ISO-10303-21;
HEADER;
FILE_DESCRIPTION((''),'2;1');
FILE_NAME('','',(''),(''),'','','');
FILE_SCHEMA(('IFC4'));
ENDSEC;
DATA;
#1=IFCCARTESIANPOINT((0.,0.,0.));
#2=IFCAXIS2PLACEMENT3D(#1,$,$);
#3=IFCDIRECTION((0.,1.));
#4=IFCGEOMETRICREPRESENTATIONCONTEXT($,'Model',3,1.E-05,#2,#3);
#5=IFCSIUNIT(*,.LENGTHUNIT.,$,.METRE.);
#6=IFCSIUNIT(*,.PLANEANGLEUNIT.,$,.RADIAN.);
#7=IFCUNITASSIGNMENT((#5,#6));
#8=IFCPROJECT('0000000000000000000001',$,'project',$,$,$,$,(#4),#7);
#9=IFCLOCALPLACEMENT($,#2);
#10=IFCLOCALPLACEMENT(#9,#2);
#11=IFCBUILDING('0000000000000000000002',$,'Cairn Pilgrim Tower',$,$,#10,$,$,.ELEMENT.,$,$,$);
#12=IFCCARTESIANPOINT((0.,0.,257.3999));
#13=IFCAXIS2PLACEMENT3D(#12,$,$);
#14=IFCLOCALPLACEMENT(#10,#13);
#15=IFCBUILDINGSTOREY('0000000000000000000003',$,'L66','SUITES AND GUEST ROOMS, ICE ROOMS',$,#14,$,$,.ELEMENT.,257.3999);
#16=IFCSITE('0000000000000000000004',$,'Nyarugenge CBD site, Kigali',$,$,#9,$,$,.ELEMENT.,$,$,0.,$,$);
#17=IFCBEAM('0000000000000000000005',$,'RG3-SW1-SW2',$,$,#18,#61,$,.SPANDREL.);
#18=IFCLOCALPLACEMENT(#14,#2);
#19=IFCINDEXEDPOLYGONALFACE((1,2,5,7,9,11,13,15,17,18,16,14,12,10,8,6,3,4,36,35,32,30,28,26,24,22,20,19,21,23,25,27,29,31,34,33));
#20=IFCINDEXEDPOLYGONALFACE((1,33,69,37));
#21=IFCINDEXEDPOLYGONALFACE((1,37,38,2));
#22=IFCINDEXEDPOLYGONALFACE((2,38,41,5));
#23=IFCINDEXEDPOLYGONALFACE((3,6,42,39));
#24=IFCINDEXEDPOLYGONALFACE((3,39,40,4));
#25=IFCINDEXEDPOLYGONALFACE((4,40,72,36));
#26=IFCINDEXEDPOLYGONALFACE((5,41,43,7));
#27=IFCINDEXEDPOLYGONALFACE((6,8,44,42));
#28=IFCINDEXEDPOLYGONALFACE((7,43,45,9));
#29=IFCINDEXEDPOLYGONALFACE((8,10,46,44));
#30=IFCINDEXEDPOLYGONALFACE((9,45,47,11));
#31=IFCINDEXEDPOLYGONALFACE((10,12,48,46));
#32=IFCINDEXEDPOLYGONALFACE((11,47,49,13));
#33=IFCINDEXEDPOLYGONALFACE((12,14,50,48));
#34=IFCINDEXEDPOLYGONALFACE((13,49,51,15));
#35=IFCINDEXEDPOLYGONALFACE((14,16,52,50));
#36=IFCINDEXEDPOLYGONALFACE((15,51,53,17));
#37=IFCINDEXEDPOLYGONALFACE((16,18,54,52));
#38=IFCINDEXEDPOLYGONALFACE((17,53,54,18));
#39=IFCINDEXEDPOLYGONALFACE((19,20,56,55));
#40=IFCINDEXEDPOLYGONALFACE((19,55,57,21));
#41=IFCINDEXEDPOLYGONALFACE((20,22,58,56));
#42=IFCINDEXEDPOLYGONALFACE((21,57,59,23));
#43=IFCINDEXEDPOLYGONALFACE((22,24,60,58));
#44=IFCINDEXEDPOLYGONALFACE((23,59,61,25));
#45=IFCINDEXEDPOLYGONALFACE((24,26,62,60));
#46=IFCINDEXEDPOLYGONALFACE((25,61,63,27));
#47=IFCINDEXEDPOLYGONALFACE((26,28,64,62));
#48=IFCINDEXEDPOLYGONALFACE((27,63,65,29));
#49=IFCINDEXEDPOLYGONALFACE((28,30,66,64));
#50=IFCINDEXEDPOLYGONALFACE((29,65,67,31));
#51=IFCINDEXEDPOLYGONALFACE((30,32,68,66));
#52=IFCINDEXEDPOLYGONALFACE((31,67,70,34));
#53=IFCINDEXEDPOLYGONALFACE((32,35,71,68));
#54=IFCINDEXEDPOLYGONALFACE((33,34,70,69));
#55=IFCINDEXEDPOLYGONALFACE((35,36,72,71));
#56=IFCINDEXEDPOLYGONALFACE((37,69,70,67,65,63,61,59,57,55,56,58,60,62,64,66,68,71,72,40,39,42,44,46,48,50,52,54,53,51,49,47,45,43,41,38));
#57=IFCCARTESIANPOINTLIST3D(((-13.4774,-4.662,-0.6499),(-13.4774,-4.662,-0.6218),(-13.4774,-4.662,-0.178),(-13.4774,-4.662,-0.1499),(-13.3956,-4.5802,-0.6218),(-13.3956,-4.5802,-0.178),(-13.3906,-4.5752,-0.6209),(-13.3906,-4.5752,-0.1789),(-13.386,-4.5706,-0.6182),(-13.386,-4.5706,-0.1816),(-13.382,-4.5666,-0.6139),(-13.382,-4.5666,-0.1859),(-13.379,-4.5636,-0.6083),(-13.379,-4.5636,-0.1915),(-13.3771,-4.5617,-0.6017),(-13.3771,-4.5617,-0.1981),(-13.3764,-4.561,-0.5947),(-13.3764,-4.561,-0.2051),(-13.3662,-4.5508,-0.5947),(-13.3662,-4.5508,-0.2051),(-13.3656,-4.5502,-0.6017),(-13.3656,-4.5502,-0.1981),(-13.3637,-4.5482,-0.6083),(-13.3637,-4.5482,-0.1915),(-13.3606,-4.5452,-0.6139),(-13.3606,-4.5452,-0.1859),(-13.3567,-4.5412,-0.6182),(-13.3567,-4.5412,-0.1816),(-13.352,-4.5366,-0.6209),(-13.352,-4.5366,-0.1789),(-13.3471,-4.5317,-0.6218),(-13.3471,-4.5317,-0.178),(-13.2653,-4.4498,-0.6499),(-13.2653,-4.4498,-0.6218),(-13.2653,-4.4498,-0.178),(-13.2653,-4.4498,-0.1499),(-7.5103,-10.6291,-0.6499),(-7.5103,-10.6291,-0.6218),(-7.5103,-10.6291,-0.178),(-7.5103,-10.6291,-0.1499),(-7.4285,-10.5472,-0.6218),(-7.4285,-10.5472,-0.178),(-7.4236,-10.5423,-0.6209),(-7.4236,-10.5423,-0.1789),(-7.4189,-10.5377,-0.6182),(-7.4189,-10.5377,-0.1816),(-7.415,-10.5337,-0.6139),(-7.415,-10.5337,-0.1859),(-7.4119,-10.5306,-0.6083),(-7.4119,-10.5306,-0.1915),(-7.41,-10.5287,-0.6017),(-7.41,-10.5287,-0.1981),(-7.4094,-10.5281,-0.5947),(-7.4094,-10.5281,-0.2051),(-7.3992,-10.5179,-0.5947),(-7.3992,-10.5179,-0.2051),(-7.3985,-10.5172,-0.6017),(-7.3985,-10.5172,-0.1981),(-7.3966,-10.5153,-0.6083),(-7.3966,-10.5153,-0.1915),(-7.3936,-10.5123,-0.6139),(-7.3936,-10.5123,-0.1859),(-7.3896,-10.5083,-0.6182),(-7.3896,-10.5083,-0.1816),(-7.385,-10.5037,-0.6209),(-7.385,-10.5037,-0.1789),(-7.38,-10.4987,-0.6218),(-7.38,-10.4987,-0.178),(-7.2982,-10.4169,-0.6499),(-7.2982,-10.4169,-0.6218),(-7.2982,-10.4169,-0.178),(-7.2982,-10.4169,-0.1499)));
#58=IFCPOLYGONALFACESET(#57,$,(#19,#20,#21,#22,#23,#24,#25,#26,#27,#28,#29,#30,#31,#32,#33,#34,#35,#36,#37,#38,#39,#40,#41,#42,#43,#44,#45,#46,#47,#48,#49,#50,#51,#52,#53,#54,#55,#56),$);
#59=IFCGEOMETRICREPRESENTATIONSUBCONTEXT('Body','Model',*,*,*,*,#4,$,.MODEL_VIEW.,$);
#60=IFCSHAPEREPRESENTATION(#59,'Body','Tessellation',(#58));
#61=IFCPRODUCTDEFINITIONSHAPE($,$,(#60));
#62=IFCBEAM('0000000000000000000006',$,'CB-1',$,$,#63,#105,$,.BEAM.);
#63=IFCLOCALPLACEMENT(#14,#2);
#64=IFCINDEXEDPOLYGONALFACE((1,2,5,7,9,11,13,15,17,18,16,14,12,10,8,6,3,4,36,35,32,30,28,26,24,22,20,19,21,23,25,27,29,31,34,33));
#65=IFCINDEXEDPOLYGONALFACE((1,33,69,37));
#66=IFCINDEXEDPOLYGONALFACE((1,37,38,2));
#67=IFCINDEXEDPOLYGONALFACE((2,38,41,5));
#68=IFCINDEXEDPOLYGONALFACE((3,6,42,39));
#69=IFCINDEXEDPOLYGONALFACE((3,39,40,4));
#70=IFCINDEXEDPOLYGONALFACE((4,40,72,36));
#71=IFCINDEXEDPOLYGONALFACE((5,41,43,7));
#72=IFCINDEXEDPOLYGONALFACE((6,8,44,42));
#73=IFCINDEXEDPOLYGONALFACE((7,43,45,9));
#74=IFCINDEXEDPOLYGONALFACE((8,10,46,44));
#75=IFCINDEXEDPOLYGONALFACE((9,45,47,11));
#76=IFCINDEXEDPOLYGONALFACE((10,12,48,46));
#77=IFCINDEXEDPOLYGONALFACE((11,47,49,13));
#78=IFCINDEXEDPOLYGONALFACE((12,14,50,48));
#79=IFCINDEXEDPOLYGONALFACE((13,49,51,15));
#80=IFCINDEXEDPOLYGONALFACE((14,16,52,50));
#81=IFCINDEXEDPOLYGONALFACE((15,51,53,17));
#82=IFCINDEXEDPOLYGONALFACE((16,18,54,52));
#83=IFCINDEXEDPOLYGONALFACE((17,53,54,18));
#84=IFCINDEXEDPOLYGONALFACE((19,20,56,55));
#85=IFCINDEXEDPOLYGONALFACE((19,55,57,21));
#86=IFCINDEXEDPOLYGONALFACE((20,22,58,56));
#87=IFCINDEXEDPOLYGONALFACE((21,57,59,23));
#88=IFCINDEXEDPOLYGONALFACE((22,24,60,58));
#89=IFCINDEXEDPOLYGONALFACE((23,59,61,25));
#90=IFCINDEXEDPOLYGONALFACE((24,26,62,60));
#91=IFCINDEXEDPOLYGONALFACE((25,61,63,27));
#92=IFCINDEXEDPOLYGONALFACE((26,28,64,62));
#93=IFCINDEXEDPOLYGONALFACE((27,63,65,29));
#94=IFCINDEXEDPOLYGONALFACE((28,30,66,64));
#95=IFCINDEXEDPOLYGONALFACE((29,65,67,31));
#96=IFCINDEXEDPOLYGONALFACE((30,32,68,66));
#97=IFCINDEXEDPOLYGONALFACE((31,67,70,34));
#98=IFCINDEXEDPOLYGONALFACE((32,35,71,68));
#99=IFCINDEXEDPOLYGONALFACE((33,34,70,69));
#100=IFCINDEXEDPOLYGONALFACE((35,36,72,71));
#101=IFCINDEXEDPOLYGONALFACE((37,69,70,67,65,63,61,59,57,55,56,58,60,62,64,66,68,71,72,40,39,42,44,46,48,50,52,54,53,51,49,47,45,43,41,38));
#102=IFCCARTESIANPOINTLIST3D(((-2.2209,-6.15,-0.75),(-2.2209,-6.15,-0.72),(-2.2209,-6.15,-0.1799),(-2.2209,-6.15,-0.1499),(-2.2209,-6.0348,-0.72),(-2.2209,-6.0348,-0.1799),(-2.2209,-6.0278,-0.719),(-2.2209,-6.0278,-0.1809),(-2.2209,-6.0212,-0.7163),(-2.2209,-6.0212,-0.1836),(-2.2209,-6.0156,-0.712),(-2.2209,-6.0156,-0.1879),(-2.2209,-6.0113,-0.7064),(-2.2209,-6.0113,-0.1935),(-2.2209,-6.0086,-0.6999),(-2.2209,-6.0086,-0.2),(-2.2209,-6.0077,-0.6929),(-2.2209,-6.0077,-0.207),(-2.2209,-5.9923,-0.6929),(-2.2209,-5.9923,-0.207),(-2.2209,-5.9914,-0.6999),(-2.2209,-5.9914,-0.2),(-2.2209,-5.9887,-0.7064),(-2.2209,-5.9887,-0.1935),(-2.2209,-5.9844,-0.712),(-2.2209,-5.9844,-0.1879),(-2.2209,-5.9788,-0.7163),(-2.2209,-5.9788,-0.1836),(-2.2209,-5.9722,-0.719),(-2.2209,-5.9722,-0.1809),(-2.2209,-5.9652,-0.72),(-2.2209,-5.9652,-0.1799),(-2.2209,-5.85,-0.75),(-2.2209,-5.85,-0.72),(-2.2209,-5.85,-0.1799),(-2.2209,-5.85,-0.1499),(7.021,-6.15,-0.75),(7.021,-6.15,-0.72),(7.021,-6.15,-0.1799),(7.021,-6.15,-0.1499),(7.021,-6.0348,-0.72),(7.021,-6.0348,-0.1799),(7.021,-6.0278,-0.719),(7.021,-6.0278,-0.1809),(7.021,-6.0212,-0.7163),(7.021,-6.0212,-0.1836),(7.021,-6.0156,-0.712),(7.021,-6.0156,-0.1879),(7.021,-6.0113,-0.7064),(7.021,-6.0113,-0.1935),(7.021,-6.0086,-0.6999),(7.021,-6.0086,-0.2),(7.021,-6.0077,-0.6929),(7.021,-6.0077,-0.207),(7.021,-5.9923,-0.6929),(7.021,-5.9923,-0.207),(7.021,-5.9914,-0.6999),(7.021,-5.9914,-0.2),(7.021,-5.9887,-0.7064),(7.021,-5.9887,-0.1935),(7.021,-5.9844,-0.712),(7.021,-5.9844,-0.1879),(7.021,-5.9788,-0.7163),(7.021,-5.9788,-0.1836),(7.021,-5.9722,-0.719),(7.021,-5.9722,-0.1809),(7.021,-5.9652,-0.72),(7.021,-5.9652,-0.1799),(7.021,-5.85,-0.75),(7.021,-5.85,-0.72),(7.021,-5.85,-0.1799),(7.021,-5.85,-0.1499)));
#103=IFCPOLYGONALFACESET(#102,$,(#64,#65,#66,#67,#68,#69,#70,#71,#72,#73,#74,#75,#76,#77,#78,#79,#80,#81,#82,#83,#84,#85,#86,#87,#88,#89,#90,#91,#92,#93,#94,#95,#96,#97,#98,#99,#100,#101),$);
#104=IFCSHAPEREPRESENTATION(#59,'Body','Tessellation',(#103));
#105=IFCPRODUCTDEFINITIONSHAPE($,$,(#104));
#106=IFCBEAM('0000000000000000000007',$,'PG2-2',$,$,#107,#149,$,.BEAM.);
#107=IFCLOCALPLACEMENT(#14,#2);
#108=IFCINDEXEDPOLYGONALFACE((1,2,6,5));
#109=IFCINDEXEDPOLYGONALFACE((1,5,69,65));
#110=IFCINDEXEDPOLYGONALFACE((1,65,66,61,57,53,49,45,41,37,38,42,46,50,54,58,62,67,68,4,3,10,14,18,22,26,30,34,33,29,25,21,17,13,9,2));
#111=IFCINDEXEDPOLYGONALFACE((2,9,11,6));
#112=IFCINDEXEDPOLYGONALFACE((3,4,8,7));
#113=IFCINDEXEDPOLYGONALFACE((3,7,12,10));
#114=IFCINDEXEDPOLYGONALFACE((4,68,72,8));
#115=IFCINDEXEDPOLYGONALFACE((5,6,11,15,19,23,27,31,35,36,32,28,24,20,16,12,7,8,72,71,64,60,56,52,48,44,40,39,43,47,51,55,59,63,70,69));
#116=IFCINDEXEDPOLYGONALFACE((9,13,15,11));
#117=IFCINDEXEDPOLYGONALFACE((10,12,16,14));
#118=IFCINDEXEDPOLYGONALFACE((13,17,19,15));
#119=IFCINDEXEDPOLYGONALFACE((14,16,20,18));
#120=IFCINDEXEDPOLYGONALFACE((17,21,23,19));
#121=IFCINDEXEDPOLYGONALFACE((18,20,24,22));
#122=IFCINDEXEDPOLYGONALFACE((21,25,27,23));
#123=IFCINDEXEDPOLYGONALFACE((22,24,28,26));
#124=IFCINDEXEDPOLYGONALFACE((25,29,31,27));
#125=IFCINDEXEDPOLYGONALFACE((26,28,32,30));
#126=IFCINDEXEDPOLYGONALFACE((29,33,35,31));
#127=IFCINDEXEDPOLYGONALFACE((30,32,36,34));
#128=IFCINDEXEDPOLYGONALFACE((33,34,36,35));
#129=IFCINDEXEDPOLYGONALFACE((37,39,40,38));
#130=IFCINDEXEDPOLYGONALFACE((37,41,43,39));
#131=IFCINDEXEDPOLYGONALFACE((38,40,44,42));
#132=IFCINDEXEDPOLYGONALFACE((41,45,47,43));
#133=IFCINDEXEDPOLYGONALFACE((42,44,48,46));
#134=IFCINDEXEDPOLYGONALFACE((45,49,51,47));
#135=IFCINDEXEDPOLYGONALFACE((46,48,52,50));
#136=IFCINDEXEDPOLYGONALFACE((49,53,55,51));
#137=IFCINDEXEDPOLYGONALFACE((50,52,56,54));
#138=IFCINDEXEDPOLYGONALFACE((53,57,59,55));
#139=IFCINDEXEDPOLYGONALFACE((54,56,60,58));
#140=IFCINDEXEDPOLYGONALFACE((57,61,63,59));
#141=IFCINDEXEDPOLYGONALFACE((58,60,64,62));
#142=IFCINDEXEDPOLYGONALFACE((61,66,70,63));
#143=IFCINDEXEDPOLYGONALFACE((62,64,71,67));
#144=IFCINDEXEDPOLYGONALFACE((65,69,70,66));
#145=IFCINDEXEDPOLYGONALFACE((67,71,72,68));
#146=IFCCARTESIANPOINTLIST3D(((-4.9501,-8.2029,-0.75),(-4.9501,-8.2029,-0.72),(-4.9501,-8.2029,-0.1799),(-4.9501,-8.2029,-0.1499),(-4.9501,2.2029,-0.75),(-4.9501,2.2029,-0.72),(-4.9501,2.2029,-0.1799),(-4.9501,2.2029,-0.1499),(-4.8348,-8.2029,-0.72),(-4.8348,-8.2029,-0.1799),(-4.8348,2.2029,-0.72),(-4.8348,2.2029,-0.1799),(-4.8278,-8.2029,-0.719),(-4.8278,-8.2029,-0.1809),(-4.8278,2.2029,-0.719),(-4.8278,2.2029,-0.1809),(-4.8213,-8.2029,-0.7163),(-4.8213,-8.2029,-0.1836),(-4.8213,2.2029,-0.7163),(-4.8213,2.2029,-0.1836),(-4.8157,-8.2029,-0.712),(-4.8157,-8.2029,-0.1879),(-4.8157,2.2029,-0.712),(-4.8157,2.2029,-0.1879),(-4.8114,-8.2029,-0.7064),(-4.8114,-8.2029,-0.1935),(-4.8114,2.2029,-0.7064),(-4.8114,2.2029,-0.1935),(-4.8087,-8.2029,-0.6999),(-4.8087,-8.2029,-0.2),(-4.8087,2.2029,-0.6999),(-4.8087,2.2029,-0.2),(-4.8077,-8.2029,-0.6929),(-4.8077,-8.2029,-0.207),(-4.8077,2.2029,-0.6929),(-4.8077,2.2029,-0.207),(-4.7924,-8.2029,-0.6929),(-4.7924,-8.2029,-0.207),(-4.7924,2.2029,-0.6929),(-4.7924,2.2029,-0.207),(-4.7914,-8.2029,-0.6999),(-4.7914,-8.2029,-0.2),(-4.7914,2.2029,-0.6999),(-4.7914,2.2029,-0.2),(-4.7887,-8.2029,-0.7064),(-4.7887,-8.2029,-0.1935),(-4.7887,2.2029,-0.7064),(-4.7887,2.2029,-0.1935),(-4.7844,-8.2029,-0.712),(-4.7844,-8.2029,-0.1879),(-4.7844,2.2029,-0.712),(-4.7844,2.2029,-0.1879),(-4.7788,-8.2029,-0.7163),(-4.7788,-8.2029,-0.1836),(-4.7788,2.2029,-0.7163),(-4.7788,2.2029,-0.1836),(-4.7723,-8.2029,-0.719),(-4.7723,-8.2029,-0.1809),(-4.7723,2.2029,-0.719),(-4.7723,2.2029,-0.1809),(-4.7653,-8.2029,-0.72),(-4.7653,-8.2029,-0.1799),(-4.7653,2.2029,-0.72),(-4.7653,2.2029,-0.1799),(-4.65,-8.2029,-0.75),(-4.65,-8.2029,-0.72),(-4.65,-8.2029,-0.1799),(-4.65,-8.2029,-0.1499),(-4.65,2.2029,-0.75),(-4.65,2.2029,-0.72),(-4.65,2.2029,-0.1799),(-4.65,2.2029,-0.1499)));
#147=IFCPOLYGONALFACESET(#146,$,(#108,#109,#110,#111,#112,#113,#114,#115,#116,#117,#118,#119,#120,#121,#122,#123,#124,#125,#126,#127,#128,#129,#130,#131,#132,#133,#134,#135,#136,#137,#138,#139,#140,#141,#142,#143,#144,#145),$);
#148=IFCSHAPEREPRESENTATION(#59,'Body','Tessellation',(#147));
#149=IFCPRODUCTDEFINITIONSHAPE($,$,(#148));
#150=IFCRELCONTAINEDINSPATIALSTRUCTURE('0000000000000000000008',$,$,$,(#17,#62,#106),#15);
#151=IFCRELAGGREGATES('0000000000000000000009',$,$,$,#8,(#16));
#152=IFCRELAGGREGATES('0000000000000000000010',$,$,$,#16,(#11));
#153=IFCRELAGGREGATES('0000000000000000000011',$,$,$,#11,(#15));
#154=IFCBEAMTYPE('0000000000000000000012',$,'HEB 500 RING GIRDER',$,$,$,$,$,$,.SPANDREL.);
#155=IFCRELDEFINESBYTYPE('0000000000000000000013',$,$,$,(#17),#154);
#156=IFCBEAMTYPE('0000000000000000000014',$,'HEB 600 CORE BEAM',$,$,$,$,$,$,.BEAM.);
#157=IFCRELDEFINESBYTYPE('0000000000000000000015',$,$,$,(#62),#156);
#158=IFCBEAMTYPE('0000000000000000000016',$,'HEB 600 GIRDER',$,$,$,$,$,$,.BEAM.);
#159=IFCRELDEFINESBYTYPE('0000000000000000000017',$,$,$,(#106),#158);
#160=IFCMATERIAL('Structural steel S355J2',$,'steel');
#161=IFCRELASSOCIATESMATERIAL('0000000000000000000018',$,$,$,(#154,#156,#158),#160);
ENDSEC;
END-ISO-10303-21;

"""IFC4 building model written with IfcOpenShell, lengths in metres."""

from ifc_helpers import new_model, si_unit, direction, frame, origin, origin_2d, place, context, subcontext, project, spatial, i_section, extrude, material, material_profile, profile_set, type_object, element, save


model = new_model("IFC4")

# Units and contexts
model_context = context("Model", 3, precision=1e-05, world=origin(), true_north=direction((0.0, 1.0)))
body_context = subcontext(model_context, "Body", "Model", "MODEL_VIEW")
ifc_project = project(units=[si_unit("LENGTHUNIT", "METRE"), si_unit("PLANEANGLEUNIT", "RADIAN")], contexts=[model_context])

# Site, building, storey
site_placement = place(None, origin())
site = spatial("IfcSite", under=ifc_project, at=site_placement, Name="Nyarugenge CBD site, Kigali", CompositionType="ELEMENT", RefElevation=0.0)
building_placement = place(site_placement, origin())
building = spatial("IfcBuilding", under=site, at=building_placement, Name="Cairn Pilgrim Tower", CompositionType="ELEMENT")
storey_placement = place(building_placement, frame((0.0, 0.0, 257.3999)))
storey = spatial("IfcBuildingStorey", under=building, at=storey_placement, Name="L66", Description="SUITES AND GUEST ROOMS, ICE ROOMS", CompositionType="ELEMENT", Elevation=257.3999)

# Shared definitions
ifc_material_1 = material(Name="Structural steel S355J2", Category="steel")

# Beams
ifc_material_profile_1 = material_profile(ifc_material_1, i_section(OverallWidth=0.3, OverallDepth=0.5, WebThickness=0.0144, FlangeThickness=0.0281, FilletRadius=0.0271, at=origin_2d()), Name="HEB 500")
ifc_profile_set_1 = profile_set([ifc_material_profile_1], Name="Structural steel S355J2")
beam_type_1 = type_object("IfcBeamType", Name="HEB 500 RING GIRDER", PredefinedType="SPANDREL", material=ifc_profile_set_1)
beam_1_placement = place(storey_placement, frame((-13.3713, -4.5559, -0.3999), z_axis=(0.707107, -0.707107, 0.0), x_axis=(0.707107, 0.707107, 0.0)))
element("IfcBeam", 1, at=beam_1_placement, inside=storey, type_object=beam_type_1, Name="RG3-SW1-SW2", PredefinedType="SPANDREL", context=body_context, shape_type="SweptSolid", body=[
    extrude(i_section(OverallWidth=0.3, OverallDepth=0.5, WebThickness=0.0144, FlangeThickness=0.0281, FilletRadius=0.0271, at=origin_2d()), origin(), (0.0, 0.0, 1.0), 8.4387),
])
ifc_material_profile_2 = material_profile(ifc_material_1, i_section(OverallWidth=0.3, OverallDepth=0.6001, WebThickness=0.0154, FlangeThickness=0.03, FilletRadius=0.0271, at=origin_2d()), Name="HEB 600")
ifc_profile_set_2 = profile_set([ifc_material_profile_2], Name="Structural steel S355J2")
beam_type_2 = type_object("IfcBeamType", Name="HEB 600 CORE BEAM", PredefinedType="BEAM", material=ifc_profile_set_2)
beam_2_placement = place(storey_placement, frame((-2.2209, -6.0, -0.45), z_axis=(1.0, 0.0, 0.0), x_axis=(0.0, 1.0, 0.0)))
element("IfcBeam", 2, at=beam_2_placement, inside=storey, type_object=beam_type_2, Name="CB-1", PredefinedType="BEAM", context=body_context, shape_type="SweptSolid", body=[
    extrude(i_section(OverallWidth=0.3, OverallDepth=0.6001, WebThickness=0.0154, FlangeThickness=0.03, FilletRadius=0.0271, at=origin_2d()), origin(), (0.0, 0.0, 1.0), 9.2419),
])
ifc_material_profile_3 = material_profile(ifc_material_1, i_section(OverallWidth=0.3, OverallDepth=0.6001, WebThickness=0.0154, FlangeThickness=0.03, FilletRadius=0.0271, at=origin_2d()), Name="HEB 600")
ifc_profile_set_3 = profile_set([ifc_material_profile_3], Name="Structural steel S355J2")
beam_type_3 = type_object("IfcBeamType", Name="HEB 600 GIRDER", PredefinedType="BEAM", material=ifc_profile_set_3)
beam_3_placement = place(storey_placement, frame((-4.8, -8.2029, -0.45), z_axis=(0.0, 1.0, 0.0), x_axis=(-1.0, 0.0, 0.0)))
element("IfcBeam", 3, at=beam_3_placement, inside=storey, type_object=beam_type_3, Name="PG2-2", PredefinedType="BEAM", context=body_context, shape_type="SweptSolid", body=[
    extrude(i_section(OverallWidth=0.3, OverallDepth=0.6001, WebThickness=0.0154, FlangeThickness=0.03, FilletRadius=0.0271, at=origin_2d()), origin(), (0.0, 0.0, 1.0), 10.4058),
])

save(model, "model.ifc")
